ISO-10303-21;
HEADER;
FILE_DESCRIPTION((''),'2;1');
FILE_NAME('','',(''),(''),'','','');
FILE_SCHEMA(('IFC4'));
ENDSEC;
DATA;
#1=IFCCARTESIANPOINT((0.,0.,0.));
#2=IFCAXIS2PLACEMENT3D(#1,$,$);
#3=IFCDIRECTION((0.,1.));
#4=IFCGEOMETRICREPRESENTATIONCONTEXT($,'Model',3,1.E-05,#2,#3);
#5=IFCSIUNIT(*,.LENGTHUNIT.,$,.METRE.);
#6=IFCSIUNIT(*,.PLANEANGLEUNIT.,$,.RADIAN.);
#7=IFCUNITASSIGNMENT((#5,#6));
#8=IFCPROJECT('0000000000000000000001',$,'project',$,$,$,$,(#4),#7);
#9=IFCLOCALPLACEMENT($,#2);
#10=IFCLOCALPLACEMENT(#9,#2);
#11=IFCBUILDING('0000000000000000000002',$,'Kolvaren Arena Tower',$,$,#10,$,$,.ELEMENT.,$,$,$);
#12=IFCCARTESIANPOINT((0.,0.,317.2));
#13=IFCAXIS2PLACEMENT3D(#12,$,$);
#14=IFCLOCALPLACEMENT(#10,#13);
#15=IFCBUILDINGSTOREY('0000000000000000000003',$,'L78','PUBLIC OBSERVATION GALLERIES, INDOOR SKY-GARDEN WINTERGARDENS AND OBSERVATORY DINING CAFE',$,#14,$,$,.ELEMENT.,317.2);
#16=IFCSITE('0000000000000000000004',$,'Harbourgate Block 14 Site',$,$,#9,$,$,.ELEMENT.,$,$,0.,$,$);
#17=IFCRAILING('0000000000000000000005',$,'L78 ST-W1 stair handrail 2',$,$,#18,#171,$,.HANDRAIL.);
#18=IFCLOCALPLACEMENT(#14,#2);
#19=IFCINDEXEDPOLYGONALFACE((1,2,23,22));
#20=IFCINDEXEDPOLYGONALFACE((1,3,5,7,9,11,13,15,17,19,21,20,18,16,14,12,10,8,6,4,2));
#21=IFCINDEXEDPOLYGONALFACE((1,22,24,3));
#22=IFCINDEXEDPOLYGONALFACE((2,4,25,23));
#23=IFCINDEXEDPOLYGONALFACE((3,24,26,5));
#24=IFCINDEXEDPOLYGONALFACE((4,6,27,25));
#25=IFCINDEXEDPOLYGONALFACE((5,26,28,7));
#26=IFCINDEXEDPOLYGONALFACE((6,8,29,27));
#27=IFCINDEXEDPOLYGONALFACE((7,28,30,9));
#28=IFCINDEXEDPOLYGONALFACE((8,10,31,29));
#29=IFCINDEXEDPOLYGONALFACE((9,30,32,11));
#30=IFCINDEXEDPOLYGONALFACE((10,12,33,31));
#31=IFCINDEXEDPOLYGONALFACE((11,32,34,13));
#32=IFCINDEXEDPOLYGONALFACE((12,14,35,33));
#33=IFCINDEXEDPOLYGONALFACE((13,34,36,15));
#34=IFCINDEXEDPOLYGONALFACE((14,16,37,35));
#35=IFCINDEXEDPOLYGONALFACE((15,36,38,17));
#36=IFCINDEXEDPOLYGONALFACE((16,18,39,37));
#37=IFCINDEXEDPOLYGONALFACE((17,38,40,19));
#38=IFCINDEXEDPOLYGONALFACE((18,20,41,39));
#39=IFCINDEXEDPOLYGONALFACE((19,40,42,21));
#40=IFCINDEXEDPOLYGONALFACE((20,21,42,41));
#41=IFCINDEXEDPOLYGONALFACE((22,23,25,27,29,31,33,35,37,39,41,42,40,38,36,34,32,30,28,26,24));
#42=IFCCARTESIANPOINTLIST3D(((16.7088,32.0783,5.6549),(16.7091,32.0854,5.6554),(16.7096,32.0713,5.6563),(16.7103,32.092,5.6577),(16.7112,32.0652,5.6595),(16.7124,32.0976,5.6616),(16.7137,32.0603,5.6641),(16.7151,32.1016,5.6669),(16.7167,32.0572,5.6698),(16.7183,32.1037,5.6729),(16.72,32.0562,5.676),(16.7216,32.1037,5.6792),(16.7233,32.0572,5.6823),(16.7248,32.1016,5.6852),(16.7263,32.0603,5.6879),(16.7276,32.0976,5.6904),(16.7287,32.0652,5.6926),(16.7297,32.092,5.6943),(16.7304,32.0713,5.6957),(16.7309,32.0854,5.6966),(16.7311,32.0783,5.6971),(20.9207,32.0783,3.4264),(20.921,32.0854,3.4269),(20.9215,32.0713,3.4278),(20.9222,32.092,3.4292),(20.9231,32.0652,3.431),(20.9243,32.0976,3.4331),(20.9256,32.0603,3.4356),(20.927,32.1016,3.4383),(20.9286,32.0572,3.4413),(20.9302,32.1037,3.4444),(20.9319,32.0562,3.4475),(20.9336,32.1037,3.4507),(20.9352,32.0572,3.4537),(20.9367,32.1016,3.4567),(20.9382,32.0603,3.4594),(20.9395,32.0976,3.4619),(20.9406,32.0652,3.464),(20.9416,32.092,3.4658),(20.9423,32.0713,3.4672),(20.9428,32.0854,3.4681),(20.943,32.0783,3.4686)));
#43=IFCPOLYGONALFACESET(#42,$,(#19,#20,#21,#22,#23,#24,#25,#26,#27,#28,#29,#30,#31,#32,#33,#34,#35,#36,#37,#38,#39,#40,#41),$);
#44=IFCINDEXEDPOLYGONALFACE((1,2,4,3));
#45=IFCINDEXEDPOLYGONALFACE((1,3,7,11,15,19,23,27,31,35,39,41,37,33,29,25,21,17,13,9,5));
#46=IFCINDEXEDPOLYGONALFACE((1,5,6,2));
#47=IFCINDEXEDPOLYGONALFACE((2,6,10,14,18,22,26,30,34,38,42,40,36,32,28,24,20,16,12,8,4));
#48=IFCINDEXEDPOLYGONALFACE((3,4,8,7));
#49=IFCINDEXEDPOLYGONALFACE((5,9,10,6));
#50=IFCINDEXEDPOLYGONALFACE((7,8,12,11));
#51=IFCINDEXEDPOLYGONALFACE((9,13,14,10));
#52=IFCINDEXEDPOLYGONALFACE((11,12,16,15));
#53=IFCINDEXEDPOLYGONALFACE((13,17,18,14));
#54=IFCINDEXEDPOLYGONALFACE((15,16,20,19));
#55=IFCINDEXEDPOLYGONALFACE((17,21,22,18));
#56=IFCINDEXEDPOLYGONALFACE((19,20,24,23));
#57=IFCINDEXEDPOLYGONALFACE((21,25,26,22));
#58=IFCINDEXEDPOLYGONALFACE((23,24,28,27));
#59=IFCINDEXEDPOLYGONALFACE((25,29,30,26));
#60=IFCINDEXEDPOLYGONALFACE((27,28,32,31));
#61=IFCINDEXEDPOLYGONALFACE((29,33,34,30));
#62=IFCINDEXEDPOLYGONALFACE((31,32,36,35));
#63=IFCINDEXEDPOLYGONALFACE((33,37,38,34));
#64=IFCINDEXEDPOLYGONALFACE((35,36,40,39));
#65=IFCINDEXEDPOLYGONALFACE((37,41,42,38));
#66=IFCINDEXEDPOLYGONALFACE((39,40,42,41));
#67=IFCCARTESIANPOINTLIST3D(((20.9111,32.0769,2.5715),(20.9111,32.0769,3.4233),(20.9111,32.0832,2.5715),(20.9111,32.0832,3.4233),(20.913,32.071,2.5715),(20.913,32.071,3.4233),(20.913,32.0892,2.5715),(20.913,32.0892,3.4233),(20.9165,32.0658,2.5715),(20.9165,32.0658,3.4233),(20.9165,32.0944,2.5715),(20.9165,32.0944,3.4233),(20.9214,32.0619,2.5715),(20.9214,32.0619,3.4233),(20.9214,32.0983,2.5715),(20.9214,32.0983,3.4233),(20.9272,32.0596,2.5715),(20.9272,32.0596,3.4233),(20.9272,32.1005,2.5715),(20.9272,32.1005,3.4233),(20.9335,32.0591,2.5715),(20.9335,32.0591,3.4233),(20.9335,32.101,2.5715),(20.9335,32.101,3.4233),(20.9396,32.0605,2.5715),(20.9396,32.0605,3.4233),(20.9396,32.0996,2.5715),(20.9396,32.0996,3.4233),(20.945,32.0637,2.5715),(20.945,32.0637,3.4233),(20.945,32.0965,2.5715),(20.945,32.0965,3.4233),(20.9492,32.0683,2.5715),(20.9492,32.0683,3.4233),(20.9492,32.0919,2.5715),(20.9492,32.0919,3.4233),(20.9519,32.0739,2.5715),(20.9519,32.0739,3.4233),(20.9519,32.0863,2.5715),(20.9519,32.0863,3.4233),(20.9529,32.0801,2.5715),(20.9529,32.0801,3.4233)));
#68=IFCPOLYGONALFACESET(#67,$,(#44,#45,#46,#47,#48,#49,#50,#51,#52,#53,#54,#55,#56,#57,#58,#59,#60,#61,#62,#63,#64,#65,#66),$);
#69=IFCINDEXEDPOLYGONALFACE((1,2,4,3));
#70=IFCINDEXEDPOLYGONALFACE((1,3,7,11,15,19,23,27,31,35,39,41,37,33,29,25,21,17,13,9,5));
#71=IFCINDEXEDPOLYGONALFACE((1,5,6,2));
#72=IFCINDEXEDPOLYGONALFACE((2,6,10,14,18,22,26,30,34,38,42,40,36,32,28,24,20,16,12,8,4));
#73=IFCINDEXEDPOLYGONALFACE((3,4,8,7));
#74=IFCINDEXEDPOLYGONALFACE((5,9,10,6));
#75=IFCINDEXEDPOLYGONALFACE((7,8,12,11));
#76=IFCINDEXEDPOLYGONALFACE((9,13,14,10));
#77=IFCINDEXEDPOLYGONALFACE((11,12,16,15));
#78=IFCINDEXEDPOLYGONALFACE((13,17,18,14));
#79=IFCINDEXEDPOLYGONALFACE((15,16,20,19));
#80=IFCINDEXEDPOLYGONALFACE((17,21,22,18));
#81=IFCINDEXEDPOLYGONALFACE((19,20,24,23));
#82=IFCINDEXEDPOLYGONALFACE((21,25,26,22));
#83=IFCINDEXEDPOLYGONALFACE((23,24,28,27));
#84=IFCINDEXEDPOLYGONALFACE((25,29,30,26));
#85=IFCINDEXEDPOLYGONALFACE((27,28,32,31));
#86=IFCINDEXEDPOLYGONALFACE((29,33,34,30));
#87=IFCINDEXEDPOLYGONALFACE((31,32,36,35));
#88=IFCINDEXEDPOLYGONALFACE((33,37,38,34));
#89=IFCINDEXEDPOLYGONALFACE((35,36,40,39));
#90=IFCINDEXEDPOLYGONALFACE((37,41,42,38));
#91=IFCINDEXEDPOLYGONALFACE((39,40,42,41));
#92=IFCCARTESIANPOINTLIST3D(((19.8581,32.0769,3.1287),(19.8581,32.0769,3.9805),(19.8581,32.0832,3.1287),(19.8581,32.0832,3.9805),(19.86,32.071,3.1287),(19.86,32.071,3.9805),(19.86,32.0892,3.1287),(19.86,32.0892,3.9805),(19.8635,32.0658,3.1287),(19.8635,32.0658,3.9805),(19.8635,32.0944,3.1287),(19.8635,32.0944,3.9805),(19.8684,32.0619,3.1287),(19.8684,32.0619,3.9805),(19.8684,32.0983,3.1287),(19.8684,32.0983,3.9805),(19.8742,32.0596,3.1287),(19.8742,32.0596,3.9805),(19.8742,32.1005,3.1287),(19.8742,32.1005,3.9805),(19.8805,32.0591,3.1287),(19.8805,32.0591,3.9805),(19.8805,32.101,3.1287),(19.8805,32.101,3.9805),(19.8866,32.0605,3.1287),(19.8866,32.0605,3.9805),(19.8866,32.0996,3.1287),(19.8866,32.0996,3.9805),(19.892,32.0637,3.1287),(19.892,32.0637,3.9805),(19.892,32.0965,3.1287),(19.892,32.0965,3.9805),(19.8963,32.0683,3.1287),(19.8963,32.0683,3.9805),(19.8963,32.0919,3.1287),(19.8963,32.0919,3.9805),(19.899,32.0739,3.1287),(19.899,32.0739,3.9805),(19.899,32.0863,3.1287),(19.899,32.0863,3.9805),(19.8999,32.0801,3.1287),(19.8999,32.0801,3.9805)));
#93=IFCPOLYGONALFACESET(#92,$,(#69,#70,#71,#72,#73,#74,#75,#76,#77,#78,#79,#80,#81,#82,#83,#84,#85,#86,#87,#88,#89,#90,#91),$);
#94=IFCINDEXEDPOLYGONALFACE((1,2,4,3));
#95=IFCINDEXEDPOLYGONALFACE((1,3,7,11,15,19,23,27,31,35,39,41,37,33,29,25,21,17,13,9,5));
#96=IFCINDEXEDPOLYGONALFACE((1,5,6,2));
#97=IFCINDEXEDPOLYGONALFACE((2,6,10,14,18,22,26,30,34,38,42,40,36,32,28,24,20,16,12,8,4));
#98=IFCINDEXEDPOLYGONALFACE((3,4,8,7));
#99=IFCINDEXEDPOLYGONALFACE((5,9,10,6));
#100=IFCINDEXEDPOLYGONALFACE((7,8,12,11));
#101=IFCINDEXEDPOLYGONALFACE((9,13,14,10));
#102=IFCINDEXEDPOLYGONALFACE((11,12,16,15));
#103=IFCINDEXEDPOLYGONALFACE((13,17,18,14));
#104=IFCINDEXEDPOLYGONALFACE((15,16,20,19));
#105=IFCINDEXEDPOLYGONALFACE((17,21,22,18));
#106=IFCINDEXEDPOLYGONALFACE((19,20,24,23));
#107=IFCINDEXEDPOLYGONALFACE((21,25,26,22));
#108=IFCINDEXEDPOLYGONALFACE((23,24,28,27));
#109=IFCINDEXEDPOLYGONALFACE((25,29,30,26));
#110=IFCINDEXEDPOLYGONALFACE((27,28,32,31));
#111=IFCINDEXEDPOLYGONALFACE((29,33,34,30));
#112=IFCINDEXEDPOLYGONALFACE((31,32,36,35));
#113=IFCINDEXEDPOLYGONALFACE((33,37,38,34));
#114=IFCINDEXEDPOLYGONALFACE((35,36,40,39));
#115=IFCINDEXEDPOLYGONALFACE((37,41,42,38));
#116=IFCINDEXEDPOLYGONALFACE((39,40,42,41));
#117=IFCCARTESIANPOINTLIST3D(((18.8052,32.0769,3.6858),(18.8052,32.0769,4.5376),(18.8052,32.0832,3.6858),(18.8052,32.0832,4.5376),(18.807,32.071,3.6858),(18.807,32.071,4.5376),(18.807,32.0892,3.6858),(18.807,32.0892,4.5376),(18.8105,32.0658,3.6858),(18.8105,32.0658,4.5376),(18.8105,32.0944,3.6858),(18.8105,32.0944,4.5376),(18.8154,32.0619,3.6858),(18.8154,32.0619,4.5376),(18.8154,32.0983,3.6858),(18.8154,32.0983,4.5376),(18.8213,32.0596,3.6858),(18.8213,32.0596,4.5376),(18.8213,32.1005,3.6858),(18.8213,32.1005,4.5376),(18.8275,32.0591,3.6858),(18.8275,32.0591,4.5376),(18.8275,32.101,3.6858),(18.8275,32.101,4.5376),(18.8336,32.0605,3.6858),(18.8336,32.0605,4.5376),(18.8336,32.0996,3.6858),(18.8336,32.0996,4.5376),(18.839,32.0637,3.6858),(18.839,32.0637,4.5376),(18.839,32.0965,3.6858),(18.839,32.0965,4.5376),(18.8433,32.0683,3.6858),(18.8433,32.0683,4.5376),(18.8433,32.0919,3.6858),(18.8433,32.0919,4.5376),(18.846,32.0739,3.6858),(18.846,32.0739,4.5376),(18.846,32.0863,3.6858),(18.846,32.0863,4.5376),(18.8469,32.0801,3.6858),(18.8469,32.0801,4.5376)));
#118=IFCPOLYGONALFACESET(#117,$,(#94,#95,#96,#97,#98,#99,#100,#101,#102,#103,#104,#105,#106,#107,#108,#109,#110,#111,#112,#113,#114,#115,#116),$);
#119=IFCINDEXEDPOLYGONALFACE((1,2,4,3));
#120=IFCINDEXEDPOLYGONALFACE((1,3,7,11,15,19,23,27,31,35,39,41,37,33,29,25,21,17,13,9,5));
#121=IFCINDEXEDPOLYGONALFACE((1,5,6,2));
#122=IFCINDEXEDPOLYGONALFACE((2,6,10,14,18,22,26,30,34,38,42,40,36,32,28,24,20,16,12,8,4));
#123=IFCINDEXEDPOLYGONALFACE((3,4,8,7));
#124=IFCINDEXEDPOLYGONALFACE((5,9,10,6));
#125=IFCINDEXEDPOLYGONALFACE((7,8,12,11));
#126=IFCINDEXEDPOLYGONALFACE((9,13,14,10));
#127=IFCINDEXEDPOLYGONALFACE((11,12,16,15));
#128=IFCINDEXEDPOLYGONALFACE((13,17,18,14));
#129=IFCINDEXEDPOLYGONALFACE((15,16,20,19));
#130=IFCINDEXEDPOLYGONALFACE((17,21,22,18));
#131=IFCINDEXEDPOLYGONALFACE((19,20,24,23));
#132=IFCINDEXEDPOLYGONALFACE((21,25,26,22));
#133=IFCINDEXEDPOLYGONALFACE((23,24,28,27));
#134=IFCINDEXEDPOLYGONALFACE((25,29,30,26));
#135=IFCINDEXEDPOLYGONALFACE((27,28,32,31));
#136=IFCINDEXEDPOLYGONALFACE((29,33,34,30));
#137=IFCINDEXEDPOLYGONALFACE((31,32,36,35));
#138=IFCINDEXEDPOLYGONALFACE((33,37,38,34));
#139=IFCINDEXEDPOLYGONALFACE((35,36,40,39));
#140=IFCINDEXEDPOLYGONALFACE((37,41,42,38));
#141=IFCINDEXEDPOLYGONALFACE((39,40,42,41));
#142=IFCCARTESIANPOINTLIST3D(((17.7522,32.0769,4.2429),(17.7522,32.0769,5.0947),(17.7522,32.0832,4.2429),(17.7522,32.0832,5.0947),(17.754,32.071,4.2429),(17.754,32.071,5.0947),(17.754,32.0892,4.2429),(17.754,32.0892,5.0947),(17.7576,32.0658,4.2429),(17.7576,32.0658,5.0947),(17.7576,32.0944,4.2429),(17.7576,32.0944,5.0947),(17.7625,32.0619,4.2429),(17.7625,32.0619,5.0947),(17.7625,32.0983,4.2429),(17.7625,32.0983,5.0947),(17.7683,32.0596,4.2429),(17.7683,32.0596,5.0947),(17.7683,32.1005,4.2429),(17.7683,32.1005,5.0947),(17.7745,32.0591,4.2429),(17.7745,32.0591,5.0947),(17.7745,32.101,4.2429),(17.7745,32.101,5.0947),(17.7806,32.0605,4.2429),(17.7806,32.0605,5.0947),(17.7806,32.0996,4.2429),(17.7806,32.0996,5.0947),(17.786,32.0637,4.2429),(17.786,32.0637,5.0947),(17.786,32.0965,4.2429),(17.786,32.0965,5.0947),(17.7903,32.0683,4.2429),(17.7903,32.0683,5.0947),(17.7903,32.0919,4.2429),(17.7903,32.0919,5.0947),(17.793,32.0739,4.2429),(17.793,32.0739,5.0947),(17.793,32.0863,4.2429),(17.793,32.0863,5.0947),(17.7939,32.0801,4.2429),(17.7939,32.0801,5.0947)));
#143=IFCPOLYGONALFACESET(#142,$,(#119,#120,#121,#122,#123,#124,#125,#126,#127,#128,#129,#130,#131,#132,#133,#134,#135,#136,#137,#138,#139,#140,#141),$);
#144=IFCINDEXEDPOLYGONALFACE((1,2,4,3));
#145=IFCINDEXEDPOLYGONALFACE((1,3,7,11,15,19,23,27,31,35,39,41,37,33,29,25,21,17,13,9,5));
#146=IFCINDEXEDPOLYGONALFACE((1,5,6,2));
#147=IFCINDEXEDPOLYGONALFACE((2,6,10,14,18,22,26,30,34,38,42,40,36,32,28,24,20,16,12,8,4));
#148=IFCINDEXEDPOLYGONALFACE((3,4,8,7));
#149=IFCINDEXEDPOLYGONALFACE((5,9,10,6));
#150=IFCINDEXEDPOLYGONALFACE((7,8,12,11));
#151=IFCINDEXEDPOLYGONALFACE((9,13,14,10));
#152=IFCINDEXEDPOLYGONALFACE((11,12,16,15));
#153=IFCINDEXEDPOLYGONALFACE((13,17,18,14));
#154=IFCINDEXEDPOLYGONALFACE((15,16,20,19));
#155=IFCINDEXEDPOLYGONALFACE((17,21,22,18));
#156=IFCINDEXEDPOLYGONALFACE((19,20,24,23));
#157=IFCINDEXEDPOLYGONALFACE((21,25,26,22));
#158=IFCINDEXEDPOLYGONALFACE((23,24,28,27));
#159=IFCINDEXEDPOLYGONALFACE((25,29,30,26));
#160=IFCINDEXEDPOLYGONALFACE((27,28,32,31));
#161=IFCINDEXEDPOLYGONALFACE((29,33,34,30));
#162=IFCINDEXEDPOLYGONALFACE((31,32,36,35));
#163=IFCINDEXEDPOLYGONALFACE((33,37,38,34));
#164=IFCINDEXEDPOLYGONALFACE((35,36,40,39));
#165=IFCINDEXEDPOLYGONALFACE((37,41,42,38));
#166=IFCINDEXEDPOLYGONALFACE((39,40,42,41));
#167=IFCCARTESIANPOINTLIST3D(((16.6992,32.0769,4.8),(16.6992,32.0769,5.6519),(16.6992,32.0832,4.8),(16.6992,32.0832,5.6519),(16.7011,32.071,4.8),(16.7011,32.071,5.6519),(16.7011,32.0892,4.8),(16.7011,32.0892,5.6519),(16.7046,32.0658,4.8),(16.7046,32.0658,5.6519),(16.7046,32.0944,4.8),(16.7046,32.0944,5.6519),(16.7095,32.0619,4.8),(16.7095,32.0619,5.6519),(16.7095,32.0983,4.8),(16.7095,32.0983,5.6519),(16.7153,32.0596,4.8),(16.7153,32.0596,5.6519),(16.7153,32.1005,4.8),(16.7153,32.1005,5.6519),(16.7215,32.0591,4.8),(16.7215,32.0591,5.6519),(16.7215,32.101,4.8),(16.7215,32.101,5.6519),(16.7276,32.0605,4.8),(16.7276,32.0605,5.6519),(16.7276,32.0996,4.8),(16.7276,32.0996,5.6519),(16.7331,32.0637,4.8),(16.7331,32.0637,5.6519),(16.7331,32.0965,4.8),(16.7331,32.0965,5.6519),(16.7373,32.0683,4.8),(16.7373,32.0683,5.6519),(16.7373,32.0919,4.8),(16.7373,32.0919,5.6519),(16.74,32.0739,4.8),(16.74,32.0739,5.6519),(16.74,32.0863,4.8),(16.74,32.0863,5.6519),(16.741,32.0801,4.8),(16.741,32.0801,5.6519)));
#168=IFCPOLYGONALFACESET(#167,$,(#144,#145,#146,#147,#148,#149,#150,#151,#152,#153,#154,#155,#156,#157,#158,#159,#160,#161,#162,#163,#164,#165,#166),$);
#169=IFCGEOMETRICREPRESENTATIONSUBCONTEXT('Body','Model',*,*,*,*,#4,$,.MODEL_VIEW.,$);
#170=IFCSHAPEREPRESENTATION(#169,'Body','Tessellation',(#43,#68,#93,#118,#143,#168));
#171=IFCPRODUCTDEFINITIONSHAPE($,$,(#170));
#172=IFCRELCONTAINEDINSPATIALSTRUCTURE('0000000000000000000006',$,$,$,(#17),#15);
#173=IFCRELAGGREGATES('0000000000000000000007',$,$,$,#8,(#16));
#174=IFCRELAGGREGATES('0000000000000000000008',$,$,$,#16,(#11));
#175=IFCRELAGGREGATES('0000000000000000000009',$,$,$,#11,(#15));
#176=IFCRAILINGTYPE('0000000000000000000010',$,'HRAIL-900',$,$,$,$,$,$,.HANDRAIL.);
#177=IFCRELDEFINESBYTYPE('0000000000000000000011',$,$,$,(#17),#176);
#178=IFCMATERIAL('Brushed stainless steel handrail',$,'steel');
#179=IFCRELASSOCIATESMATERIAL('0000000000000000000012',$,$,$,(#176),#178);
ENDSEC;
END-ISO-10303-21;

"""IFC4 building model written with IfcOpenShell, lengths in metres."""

from ifc_helpers import new_model, si_unit, direction, frame, origin, origin_2d, place, context, subcontext, project, spatial, circle, extrude, material, type_object, element, save


model = new_model("IFC4")

# Units and contexts
model_context = context("Model", 3, precision=1e-05, world=origin(), true_north=direction((0.0, 1.0)))
body_context = subcontext(model_context, "Body", "Model", "MODEL_VIEW")
ifc_project = project(units=[si_unit("LENGTHUNIT", "METRE"), si_unit("PLANEANGLEUNIT", "RADIAN")], contexts=[model_context])

# Site, building, storey
site_placement = place(None, origin())
site = spatial("IfcSite", under=ifc_project, at=site_placement, Name="Harbourgate Block 14 Site", CompositionType="ELEMENT", RefElevation=0.0)
building_placement = place(site_placement, origin())
building = spatial("IfcBuilding", under=site, at=building_placement, Name="Kolvaren Arena Tower", CompositionType="ELEMENT")
storey_placement = place(building_placement, frame((0.0, 0.0, 317.2)))
storey = spatial("IfcBuildingStorey", under=building, at=storey_placement, Name="L78", Description="PUBLIC OBSERVATION GALLERIES, INDOOR SKY-GARDEN WINTERGARDENS AND OBSERVATORY DINING CAFE", CompositionType="ELEMENT", Elevation=317.2)

# Railing
ifc_material_1 = material(Name="Brushed stainless steel handrail", Category="steel")
railing_type_1 = type_object("IfcRailingType", Name="HRAIL-900", PredefinedType="HANDRAIL", material=ifc_material_1)
railing_1_placement = place(storey_placement, frame((20.9319, 32.0801, 2.5715)))
element("IfcRailing", 1, at=railing_1_placement, inside=storey, type_object=railing_type_1, Name="L78 ST-W1 stair handrail 2", PredefinedType="HANDRAIL", context=body_context, shape_type="SweptSolid", body=[
    extrude(circle(Radius=0.0239, at=origin_2d()), frame((0.0, 0.0, 0.876), z_axis=(-0.883903, 0.0, 0.467671), x_axis=(0.0, -1.0, 0.0)), (0.0, 0.0, 1.0), 4.7651),
    extrude(circle(Radius=0.021, at=origin_2d()), origin(), (0.0, 0.0, 1.0), 0.8518),
    extrude(circle(Radius=0.021, at=origin_2d()), frame((-1.053, 0.0, 0.5571)), (0.0, 0.0, 1.0), 0.8518),
    extrude(circle(Radius=0.021, at=origin_2d()), frame((-2.106, 0.0, 1.1143)), (0.0, 0.0, 1.0), 0.8518),
    extrude(circle(Radius=0.021, at=origin_2d()), frame((-3.1589, 0.0, 1.6714)), (0.0, 0.0, 1.0), 0.8518),
    extrude(circle(Radius=0.021, at=origin_2d()), frame((-4.2119, 0.0, 2.2285)), (0.0, 0.0, 1.0), 0.8518),
])

save(model, "model.ifc")
